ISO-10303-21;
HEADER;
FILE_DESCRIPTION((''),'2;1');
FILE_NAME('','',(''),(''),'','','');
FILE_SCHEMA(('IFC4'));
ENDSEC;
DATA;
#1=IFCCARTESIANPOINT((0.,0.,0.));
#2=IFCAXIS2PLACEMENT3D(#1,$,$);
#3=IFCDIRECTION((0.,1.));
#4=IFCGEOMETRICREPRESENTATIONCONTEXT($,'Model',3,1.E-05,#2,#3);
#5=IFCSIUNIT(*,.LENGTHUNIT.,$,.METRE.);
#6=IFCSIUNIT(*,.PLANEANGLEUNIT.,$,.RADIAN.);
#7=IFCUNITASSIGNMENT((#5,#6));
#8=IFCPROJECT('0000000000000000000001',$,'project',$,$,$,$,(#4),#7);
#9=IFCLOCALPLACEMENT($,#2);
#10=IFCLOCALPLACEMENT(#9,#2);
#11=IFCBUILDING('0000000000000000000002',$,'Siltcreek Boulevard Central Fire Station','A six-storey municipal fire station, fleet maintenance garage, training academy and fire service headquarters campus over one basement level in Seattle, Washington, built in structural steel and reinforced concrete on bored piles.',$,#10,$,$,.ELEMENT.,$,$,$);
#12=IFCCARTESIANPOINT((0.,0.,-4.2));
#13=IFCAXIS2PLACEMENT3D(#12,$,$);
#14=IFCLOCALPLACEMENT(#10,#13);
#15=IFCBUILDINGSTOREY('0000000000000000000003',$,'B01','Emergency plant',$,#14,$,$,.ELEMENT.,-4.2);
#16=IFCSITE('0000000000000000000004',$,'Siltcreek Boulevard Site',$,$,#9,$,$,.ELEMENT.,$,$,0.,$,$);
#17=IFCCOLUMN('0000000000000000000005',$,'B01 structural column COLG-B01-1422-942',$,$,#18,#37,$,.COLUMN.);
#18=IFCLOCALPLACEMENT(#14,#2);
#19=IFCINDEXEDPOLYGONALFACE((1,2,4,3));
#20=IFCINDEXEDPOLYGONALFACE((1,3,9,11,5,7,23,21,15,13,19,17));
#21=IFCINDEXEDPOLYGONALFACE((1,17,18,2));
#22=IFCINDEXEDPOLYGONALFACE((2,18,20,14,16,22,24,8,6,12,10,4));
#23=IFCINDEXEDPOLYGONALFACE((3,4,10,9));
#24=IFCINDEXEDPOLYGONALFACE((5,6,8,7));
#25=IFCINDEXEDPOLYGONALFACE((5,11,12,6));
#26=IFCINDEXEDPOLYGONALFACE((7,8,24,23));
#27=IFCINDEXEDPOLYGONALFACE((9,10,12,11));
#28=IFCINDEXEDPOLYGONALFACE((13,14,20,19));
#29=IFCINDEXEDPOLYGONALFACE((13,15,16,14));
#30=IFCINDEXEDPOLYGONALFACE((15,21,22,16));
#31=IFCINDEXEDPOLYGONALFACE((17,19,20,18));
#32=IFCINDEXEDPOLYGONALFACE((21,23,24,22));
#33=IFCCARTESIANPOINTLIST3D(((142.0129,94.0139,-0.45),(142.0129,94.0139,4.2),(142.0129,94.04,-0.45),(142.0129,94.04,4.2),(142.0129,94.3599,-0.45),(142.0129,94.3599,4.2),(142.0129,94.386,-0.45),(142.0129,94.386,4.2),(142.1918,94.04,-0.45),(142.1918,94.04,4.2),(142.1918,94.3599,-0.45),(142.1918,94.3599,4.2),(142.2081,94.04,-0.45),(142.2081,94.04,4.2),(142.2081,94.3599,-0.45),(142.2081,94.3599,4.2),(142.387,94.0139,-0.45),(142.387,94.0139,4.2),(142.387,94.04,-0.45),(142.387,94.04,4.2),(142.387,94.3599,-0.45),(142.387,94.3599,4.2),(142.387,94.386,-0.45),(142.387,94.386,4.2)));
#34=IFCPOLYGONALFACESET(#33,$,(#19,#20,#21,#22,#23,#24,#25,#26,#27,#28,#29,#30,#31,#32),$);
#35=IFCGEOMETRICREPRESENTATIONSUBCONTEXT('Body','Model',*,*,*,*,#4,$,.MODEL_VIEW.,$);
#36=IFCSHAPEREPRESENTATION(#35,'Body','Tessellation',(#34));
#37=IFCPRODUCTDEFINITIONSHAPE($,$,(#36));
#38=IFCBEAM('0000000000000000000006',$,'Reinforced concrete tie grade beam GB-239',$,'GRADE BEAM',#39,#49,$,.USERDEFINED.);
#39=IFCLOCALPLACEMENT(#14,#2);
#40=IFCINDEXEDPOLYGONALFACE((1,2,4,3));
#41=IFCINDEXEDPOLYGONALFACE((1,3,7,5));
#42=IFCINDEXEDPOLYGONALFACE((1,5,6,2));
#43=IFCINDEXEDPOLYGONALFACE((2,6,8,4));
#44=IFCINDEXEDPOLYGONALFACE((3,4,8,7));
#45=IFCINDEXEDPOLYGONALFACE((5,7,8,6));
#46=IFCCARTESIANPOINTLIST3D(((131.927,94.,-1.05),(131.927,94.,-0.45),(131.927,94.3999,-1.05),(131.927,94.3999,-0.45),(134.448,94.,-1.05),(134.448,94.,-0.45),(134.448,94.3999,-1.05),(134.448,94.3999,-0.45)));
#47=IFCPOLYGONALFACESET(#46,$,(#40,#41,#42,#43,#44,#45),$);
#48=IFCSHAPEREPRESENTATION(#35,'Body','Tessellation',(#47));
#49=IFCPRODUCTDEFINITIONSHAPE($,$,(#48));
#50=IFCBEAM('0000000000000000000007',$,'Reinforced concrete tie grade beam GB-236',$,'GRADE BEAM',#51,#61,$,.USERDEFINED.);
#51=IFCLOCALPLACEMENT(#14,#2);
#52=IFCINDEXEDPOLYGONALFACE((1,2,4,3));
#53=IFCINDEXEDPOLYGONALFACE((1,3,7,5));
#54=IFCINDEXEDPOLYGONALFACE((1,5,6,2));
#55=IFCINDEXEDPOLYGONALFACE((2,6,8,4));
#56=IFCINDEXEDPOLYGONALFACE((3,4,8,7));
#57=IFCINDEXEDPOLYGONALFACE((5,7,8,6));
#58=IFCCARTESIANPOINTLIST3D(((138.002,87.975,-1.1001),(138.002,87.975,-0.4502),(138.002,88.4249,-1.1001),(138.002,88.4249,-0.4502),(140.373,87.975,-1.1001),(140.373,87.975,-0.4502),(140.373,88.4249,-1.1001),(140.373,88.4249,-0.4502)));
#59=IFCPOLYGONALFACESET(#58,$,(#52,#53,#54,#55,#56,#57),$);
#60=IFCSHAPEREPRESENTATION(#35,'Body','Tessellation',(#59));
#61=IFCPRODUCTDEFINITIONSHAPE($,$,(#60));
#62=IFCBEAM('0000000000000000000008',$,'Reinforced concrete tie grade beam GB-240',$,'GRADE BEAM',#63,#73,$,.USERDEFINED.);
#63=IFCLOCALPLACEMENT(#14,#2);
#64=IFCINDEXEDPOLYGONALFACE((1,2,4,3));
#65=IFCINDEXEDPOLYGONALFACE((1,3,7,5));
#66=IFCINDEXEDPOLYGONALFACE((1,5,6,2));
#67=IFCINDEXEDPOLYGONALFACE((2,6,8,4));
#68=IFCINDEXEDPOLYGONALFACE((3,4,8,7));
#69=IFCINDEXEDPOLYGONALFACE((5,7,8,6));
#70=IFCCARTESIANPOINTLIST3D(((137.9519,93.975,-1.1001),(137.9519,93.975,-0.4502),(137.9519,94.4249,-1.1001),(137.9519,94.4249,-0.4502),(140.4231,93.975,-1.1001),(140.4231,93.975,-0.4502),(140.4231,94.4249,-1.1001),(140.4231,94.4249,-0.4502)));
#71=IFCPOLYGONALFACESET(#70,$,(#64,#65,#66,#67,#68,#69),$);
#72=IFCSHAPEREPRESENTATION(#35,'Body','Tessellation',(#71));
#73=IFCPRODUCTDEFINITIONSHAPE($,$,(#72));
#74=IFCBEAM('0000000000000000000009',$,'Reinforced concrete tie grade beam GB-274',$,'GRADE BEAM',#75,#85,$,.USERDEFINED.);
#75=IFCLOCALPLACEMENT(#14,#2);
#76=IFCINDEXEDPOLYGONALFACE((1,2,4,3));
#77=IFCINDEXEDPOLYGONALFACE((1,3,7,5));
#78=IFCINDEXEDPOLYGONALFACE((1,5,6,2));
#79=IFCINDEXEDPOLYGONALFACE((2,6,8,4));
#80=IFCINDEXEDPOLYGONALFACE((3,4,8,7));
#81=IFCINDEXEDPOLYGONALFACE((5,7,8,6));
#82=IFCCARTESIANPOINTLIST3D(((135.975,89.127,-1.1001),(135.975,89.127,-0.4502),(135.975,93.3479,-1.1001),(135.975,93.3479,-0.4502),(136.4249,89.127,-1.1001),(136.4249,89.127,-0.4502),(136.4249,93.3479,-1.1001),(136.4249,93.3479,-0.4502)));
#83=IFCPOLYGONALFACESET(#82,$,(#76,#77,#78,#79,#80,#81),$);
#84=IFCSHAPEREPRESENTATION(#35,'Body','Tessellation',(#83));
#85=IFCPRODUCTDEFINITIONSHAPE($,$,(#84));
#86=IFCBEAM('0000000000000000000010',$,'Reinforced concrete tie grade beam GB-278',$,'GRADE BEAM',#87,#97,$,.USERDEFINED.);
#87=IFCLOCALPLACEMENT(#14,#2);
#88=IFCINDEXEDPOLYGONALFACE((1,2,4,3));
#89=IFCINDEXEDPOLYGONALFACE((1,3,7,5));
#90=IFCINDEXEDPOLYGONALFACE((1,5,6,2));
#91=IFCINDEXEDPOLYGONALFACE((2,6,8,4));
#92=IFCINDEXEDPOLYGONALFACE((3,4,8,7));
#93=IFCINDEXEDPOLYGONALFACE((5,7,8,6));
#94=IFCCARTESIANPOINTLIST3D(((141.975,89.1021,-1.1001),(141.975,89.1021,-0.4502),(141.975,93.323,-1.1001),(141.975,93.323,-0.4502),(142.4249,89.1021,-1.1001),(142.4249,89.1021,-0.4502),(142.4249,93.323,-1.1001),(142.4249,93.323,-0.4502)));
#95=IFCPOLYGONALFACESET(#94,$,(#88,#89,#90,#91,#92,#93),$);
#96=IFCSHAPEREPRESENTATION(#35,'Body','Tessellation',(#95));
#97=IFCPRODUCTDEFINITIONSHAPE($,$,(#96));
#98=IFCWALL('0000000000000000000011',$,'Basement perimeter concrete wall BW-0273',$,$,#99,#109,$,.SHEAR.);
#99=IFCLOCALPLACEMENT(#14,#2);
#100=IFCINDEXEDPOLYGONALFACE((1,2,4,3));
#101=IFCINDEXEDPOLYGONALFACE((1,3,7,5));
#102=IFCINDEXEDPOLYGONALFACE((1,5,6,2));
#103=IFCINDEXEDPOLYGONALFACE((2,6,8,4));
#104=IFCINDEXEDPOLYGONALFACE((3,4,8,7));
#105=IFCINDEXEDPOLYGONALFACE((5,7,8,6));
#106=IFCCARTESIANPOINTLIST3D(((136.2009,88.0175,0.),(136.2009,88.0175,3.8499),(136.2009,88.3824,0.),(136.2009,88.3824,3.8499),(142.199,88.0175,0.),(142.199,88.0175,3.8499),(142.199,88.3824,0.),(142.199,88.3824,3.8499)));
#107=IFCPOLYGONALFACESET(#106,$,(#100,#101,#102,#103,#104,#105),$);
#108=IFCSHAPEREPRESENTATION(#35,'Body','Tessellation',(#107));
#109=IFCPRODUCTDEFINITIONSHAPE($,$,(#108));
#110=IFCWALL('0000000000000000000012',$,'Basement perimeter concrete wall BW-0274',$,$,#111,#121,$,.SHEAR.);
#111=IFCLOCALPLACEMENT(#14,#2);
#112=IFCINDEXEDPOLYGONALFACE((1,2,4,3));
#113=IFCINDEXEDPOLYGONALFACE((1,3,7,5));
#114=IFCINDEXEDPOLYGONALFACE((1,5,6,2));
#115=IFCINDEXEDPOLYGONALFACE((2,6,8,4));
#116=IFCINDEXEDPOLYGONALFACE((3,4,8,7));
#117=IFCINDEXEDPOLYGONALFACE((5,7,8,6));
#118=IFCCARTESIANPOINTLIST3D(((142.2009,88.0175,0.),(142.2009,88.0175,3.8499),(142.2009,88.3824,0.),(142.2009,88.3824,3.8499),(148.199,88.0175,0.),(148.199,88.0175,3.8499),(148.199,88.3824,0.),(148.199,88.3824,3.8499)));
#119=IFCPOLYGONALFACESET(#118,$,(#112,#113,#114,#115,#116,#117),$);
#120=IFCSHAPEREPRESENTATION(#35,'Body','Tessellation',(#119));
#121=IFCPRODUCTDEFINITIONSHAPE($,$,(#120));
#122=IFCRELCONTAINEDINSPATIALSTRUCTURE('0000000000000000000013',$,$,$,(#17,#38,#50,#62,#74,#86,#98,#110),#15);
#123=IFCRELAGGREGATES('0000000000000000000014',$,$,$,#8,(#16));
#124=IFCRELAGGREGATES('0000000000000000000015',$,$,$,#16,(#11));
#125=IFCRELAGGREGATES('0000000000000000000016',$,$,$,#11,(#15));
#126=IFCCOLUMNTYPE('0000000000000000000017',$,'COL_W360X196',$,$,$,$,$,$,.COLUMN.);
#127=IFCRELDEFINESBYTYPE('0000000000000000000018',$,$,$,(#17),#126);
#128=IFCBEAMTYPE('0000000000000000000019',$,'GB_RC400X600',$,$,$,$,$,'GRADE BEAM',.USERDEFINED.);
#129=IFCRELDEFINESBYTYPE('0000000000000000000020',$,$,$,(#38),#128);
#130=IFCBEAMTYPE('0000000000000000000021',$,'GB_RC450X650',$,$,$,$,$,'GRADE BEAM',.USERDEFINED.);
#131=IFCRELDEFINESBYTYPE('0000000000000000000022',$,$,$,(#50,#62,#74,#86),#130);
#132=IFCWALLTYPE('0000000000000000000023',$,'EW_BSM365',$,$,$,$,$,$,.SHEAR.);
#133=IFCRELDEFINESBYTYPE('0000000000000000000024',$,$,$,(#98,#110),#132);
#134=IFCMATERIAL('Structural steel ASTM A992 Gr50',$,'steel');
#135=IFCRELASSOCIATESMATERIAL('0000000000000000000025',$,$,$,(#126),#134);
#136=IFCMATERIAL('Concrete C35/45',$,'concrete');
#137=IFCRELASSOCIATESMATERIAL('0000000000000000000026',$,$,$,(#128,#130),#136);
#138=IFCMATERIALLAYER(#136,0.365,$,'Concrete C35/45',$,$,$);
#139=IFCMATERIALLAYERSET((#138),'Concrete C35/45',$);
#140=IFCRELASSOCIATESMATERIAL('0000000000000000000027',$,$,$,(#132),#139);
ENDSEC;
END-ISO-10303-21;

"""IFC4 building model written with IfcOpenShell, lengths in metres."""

from ifc_helpers import new_model, si_unit, direction, frame, frame_2d, origin, origin_2d, place, context, subcontext, project, spatial, rectangle, i_section, extrude, material, layer, layer_set, material_profile, profile_set, type_object, element, save


model = new_model("IFC4")

# Units and contexts
model_context = context("Model", 3, precision=1e-05, world=origin(), true_north=direction((0.0, 1.0)))
body_context = subcontext(model_context, "Body", "Model", "MODEL_VIEW")
ifc_project = project(units=[si_unit("LENGTHUNIT", "METRE"), si_unit("PLANEANGLEUNIT", "RADIAN")], contexts=[model_context])

# Site, building, storey
site_placement = place(None, origin())
site = spatial("IfcSite", under=ifc_project, at=site_placement, Name="Siltcreek Boulevard Site", CompositionType="ELEMENT", RefElevation=0.0)
building_placement = place(site_placement, origin())
building = spatial("IfcBuilding", under=site, at=building_placement, Name="Siltcreek Boulevard Central Fire Station", Description="A six-storey municipal fire station, fleet maintenance garage, training academy and fire service headquarters campus over one basement level in Seattle, Washington, built in structural steel and reinforced concrete on bored piles.", CompositionType="ELEMENT")
storey_placement = place(building_placement, frame((0.0, 0.0, -4.2)))
storey = spatial("IfcBuildingStorey", under=building, at=storey_placement, Name="B01", Description="Emergency plant", CompositionType="ELEMENT", Elevation=-4.2)

# Shared definitions
ifc_material_1 = material(Name="Concrete C35/45", Category="concrete")

# Column
ifc_material_2 = material(Name="Structural steel ASTM A992 Gr50", Category="steel")
ifc_material_profile_1 = material_profile(ifc_material_2, i_section(OverallWidth=0.374, OverallDepth=0.3721, WebThickness=0.0164, FlangeThickness=0.0261, at=origin_2d()), Name="W360X196")
ifc_profile_set_1 = profile_set([ifc_material_profile_1], Name="Structural steel ASTM A992 Gr50")
column_type = type_object("IfcColumnType", Name="COL_W360X196", PredefinedType="COLUMN", material=ifc_profile_set_1)
for number, where, z_axis, x_axis, name in (
    (1, (142.2, 94.2, -0.45), (0.0, 0.0, 1.0), (1.0, 0.0, 0.0), "B01 structural column COLG-B01-1422-942"),
):
    element("IfcColumn", number, at=place(storey_placement, frame(where, z_axis=z_axis, x_axis=x_axis)), inside=storey, type_object=column_type, Name=name, PredefinedType="COLUMN", context=body_context, shape_type="SweptSolid", body=[
        extrude(i_section(OverallWidth=0.374, OverallDepth=0.3721, WebThickness=0.0164, FlangeThickness=0.0261, at=origin_2d()), origin(), (0.0, 0.0, 1.0), 4.6499),
    ])

# Beams
ifc_material_profile_2 = material_profile(ifc_material_1, rectangle(XDim=0.3999, YDim=0.6001, at=origin_2d()), Name="RC400X600")
ifc_profile_set_2 = profile_set([ifc_material_profile_2], Name="Concrete C35/45")
beam_type_1 = type_object("IfcBeamType", Name="GB_RC400X600", ElementType="GRADE BEAM", PredefinedType="USERDEFINED", material=ifc_profile_set_2)
beam_1_placement = place(storey_placement, frame((131.927, 94.2, -0.75), z_axis=(1.0, 0.0, 0.0), x_axis=(0.0, 1.0, 0.0)))
element("IfcBeam", 2, at=beam_1_placement, inside=storey, type_object=beam_type_1, Name="Reinforced concrete tie grade beam GB-239", ObjectType="GRADE BEAM", PredefinedType="USERDEFINED", context=body_context, shape_type="SweptSolid", body=[
    extrude(rectangle(XDim=0.3999, YDim=0.6001, at=origin_2d()), origin(), (0.0, 0.0, 1.0), 2.521),
])
ifc_material_profile_3 = material_profile(ifc_material_1, rectangle(XDim=0.45, YDim=0.6499, at=origin_2d()), Name="RC450X650")
ifc_profile_set_3 = profile_set([ifc_material_profile_3], Name="Concrete C35/45")
beam_type_2 = type_object("IfcBeamType", Name="GB_RC450X650", ElementType="GRADE BEAM", PredefinedType="USERDEFINED", material=ifc_profile_set_3)
beam_2_placement = place(storey_placement, frame((138.002, 88.2, -0.7751), z_axis=(1.0, 0.0, 0.0), x_axis=(0.0, 1.0, 0.0)))
element("IfcBeam", 3, at=beam_2_placement, inside=storey, type_object=beam_type_2, Name="Reinforced concrete tie grade beam GB-236", ObjectType="GRADE BEAM", PredefinedType="USERDEFINED", context=body_context, shape_type="SweptSolid", body=[
    extrude(rectangle(XDim=0.45, YDim=0.6499, at=origin_2d()), origin(), (0.0, 0.0, 1.0), 2.3711),
])
beam_3_placement = place(storey_placement, frame((137.9519, 94.2, -0.7751), z_axis=(1.0, 0.0, 0.0), x_axis=(0.0, 1.0, 0.0)))
element("IfcBeam", 4, at=beam_3_placement, inside=storey, type_object=beam_type_2, Name="Reinforced concrete tie grade beam GB-240", ObjectType="GRADE BEAM", PredefinedType="USERDEFINED", context=body_context, shape_type="SweptSolid", body=[
    extrude(rectangle(XDim=0.45, YDim=0.6499, at=origin_2d()), origin(), (0.0, 0.0, 1.0), 2.4712),
])
for number, where, z_axis, x_axis, name in (
    (5, (136.2, 89.127, -0.7751), (0.0, 1.0, 0.0), (-1.0, 0.0, 0.0), "Reinforced concrete tie grade beam GB-274"),
    (6, (142.2, 89.1021, -0.7751), (0.0, 1.0, 0.0), (-1.0, 0.0, 0.0), "Reinforced concrete tie grade beam GB-278"),
):
    element("IfcBeam", number, at=place(storey_placement, frame(where, z_axis=z_axis, x_axis=x_axis)), inside=storey, type_object=beam_type_2, Name=name, ObjectType="GRADE BEAM", PredefinedType="USERDEFINED", context=body_context, shape_type="SweptSolid", body=[
        extrude(rectangle(XDim=0.45, YDim=0.6499, at=origin_2d()), origin(), (0.0, 0.0, 1.0), 4.2209),
    ])

# Walls
ifc_layer = layer(ifc_material_1, 0.365, Name="Concrete C35/45")
ifc_layer_set = layer_set([ifc_layer], Name="Concrete C35/45")
wall_type = type_object("IfcWallType", Name="EW_BSM365", PredefinedType="SHEAR", material=ifc_layer_set)
for number, where, z_axis, x_axis, name in (
    (7, (136.2009, 88.2, 0.0), (0.0, 0.0, 1.0), (1.0, 0.0, 0.0), "Basement perimeter concrete wall BW-0273"),
    (8, (142.2009, 88.2, 0.0), (0.0, 0.0, 1.0), (1.0, 0.0, 0.0), "Basement perimeter concrete wall BW-0274"),
):
    element("IfcWall", number, at=place(storey_placement, frame(where, z_axis=z_axis, x_axis=x_axis)), inside=storey, type_object=wall_type, Name=name, PredefinedType="SHEAR", context=body_context, shape_type="SweptSolid", body=[
        extrude(rectangle(XDim=5.998, YDim=0.365, at=frame_2d((2.999, 0.0))), origin(), (0.0, 0.0, 1.0), 3.8499),
    ])

save(model, "model.ifc")
